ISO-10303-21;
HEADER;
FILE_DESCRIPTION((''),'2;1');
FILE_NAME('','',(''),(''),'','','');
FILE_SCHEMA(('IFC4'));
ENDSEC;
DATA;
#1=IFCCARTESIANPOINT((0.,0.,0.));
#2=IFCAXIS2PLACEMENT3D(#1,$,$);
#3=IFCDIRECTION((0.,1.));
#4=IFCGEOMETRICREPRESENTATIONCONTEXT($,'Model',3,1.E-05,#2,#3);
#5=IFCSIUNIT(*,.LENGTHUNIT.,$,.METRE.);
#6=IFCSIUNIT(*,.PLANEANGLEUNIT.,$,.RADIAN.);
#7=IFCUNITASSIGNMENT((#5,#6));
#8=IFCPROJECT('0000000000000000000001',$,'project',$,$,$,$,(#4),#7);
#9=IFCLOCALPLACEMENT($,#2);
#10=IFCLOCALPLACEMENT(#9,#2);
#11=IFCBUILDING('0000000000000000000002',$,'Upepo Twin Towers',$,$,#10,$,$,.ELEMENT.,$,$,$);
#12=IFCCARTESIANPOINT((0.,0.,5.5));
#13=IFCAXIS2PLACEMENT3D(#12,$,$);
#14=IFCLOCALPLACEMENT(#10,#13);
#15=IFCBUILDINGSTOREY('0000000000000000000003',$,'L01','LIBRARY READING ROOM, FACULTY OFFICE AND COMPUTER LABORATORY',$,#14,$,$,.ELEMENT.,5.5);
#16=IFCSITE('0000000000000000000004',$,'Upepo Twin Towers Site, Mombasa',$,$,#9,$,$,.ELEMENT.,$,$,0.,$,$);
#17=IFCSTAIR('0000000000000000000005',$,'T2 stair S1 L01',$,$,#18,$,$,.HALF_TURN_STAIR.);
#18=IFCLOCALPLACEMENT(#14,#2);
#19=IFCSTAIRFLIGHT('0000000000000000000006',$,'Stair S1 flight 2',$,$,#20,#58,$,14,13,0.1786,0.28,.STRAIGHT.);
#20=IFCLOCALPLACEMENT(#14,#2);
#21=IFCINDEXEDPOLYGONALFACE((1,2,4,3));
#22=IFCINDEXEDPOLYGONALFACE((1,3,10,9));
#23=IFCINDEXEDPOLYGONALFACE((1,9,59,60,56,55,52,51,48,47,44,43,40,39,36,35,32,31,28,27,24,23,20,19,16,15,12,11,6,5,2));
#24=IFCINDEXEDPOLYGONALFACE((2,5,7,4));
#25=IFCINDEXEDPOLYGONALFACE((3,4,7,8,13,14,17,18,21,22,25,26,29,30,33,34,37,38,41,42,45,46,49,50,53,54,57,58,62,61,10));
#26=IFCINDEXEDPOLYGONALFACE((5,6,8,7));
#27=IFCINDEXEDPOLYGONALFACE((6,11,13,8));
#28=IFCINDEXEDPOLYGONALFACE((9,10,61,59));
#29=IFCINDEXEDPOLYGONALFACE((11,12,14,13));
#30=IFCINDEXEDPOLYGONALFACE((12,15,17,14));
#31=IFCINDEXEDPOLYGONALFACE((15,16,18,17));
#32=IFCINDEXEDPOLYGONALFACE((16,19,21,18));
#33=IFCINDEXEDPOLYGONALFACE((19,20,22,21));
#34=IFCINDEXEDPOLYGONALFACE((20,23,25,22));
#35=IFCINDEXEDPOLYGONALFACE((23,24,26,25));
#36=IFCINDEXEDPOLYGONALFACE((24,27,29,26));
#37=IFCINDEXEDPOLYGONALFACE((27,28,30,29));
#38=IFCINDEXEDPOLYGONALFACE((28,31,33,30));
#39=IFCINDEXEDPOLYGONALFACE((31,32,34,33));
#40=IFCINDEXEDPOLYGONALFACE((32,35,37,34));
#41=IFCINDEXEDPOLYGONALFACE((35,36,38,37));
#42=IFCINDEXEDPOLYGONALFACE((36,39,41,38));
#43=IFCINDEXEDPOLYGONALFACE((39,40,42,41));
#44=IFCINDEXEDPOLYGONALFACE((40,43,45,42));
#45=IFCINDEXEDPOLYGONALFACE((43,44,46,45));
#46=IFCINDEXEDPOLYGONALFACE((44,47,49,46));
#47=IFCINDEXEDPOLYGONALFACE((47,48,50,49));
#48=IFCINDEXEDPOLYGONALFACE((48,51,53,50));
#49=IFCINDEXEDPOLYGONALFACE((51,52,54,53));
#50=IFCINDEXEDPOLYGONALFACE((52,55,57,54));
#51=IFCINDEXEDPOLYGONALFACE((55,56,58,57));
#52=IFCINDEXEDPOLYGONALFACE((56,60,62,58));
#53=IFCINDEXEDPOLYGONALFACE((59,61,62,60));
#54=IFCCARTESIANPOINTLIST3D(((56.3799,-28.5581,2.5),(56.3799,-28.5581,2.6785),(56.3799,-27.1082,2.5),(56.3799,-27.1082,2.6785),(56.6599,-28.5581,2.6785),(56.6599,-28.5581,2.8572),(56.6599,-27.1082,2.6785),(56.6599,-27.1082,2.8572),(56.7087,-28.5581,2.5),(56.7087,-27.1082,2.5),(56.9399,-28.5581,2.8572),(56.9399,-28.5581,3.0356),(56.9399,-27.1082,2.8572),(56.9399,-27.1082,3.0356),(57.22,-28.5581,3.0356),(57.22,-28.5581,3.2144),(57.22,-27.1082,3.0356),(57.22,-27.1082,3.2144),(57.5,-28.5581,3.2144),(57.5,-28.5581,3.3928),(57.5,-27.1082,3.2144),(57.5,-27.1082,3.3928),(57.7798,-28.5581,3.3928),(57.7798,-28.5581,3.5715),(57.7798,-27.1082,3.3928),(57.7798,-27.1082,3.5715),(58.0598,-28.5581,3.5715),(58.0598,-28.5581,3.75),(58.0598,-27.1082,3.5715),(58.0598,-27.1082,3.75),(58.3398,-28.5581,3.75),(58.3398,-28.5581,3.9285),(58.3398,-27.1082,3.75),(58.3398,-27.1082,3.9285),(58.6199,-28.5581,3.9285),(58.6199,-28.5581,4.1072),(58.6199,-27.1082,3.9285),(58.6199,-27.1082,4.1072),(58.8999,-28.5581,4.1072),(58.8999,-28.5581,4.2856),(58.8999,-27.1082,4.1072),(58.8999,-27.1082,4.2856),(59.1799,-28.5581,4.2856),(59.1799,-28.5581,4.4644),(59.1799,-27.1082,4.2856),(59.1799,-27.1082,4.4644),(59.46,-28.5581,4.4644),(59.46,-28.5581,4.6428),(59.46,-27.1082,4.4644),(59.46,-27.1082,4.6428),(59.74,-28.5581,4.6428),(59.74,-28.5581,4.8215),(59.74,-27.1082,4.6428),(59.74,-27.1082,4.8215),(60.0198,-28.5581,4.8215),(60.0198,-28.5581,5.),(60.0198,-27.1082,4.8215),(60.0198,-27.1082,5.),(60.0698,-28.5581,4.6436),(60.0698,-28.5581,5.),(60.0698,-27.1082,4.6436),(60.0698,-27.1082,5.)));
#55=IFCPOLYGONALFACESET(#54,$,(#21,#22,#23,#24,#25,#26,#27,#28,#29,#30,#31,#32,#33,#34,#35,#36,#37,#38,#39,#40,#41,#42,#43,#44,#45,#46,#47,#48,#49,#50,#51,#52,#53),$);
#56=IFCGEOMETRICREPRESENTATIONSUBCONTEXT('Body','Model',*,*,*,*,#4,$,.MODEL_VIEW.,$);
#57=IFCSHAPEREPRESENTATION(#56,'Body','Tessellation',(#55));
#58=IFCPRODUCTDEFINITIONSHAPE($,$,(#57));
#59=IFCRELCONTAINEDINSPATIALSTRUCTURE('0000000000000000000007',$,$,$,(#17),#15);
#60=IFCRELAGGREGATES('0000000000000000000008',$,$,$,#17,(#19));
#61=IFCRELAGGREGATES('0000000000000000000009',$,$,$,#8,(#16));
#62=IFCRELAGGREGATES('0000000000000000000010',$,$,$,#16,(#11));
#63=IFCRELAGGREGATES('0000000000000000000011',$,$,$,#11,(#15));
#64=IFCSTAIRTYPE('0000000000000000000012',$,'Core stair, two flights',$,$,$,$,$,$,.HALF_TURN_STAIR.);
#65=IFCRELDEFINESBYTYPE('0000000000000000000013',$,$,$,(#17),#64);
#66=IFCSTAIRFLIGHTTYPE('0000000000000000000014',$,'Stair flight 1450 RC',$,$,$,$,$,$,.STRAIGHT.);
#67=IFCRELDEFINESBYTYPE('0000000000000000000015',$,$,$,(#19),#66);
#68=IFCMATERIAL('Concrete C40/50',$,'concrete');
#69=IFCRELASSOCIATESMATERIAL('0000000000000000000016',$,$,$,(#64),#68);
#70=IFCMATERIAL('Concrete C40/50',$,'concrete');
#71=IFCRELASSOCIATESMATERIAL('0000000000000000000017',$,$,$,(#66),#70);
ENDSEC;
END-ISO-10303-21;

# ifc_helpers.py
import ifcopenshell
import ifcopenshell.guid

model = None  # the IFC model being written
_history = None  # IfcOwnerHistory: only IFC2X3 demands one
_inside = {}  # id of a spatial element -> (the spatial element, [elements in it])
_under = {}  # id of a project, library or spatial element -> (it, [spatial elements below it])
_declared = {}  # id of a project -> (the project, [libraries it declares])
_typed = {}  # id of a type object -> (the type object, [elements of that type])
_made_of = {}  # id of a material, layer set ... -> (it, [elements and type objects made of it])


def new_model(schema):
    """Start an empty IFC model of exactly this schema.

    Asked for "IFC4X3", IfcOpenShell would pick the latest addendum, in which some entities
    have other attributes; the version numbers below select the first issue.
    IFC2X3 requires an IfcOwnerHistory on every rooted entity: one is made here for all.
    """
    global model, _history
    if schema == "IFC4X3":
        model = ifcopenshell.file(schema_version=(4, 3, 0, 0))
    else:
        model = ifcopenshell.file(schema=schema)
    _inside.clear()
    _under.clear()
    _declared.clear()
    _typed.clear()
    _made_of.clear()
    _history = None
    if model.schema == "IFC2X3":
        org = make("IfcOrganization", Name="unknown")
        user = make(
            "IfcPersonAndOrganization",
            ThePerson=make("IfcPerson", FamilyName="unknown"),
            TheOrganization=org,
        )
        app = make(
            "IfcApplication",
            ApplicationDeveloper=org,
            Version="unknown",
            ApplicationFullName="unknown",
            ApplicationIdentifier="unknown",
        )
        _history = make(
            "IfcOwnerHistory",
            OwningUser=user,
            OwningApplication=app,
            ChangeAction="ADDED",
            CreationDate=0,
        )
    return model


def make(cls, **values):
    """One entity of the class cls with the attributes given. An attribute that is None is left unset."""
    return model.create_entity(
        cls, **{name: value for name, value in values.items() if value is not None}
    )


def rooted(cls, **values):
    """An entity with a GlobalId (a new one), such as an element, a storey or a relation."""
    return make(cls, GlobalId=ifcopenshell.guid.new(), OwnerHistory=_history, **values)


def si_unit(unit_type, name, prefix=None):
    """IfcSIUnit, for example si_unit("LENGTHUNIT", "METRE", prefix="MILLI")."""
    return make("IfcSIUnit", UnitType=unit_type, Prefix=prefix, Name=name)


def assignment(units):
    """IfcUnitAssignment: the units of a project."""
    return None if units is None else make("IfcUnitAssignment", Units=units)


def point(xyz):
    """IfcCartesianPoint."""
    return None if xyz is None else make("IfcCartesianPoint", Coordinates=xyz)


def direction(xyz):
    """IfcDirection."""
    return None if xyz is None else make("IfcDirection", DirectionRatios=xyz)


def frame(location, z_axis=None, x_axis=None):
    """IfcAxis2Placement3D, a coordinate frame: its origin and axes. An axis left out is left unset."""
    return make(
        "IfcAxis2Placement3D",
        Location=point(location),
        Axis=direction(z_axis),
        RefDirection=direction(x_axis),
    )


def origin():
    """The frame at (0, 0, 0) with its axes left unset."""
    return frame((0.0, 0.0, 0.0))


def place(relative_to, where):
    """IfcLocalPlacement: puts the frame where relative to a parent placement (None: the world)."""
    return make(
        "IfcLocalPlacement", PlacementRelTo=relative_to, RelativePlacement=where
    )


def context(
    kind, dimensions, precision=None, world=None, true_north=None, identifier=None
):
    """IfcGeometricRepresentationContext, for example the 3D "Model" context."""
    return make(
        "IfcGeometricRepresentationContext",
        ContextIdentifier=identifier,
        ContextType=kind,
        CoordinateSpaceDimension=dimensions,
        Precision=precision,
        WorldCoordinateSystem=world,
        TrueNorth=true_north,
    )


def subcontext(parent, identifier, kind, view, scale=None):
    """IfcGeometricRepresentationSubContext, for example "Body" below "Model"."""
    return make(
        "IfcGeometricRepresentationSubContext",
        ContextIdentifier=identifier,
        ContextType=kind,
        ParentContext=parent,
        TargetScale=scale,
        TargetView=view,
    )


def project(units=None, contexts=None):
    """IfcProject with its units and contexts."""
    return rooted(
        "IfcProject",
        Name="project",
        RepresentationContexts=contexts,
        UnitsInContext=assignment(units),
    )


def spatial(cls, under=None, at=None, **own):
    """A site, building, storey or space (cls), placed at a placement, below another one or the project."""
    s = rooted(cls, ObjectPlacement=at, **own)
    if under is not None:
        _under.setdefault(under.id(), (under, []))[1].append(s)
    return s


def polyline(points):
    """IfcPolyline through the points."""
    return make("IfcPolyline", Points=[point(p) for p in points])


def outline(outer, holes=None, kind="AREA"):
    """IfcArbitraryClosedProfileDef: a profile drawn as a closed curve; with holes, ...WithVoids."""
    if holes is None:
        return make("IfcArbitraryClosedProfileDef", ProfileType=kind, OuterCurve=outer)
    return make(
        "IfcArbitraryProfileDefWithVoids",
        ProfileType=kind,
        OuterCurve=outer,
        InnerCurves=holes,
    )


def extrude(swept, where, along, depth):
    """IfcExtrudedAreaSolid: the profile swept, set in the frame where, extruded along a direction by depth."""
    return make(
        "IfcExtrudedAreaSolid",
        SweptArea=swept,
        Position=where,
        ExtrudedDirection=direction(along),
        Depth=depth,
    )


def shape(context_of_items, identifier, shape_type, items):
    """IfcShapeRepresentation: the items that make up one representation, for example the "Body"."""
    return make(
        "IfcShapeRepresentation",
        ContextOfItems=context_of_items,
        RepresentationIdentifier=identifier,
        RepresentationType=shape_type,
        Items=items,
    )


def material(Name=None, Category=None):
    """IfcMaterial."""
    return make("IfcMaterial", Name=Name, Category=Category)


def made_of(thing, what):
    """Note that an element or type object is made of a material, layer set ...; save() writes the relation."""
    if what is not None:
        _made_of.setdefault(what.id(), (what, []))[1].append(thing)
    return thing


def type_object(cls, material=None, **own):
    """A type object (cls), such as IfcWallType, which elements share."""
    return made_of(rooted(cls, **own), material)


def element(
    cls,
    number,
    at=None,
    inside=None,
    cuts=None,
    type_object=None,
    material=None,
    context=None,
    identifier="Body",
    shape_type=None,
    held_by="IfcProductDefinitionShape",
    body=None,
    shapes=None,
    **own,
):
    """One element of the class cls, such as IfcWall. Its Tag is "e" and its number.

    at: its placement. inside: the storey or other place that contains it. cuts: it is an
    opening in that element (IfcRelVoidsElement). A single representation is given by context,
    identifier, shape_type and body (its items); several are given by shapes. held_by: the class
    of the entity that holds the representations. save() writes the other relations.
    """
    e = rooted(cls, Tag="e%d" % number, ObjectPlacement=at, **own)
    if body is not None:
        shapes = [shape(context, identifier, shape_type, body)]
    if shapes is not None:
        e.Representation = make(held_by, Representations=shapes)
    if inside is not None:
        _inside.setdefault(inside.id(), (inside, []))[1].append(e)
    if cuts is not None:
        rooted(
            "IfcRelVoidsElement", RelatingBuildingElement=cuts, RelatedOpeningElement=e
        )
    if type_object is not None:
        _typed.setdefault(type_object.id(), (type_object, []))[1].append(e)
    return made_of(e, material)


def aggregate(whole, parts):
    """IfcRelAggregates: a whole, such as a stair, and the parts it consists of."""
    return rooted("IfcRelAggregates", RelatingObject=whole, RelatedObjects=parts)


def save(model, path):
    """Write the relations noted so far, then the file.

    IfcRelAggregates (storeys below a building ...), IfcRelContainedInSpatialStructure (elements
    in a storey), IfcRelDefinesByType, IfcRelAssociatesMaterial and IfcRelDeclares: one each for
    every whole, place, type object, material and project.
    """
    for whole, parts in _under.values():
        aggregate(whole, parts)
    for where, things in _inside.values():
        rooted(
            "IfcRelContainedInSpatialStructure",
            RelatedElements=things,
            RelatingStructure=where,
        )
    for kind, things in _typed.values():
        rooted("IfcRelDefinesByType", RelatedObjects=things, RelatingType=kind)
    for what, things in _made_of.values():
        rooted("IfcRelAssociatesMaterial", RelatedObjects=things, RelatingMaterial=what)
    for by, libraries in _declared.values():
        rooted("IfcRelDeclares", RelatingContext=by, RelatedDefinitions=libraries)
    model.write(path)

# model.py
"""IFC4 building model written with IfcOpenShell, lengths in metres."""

from ifc_helpers import new_model, si_unit, direction, frame, origin, place, context, subcontext, project, spatial, polyline, outline, extrude, material, type_object, element, aggregate, save


model = new_model("IFC4")

# Units and contexts
model_context = context("Model", 3, precision=1e-05, world=origin(), true_north=direction((0.0, 1.0)))
body_context = subcontext(model_context, "Body", "Model", "MODEL_VIEW")
ifc_project = project(units=[si_unit("LENGTHUNIT", "METRE"), si_unit("PLANEANGLEUNIT", "RADIAN")], contexts=[model_context])

# Site, building, storey
site_placement = place(None, origin())
site = spatial("IfcSite", under=ifc_project, at=site_placement, Name="Upepo Twin Towers Site, Mombasa", CompositionType="ELEMENT", RefElevation=0.0)
building_placement = place(site_placement, origin())
building = spatial("IfcBuilding", under=site, at=building_placement, Name="Upepo Twin Towers", CompositionType="ELEMENT")
storey_placement = place(building_placement, frame((0.0, 0.0, 5.5)))
storey = spatial("IfcBuildingStorey", under=building, at=storey_placement, Name="L01", Description="LIBRARY READING ROOM, FACULTY OFFICE AND COMPUTER LABORATORY", CompositionType="ELEMENT", Elevation=5.5)

# Stair, stair flight
ifc_material_1 = material(Name="Concrete C40/50", Category="concrete")
stair_type = type_object("IfcStairType", Name="Core stair, two flights", PredefinedType="HALF_TURN_STAIR", material=ifc_material_1)
stair_placement = place(storey_placement, origin())
stair = element("IfcStair", 1, at=stair_placement, inside=storey, type_object=stair_type, Name="T2 stair S1 L01", PredefinedType="HALF_TURN_STAIR")
ifc_material_2 = material(Name="Concrete C40/50", Category="concrete")
stair_flight_type = type_object("IfcStairFlightType", Name="Stair flight 1450 RC", PredefinedType="STRAIGHT", material=ifc_material_2)
stair_flight_1_placement = place(storey_placement, frame((56.3799, -27.8333, 2.5), z_axis=(0.0, 0.0, 1.0), x_axis=(1.0, 0.0, 0.0)))
stair_flight_1 = element("IfcStairFlight", 2, at=stair_flight_1_placement, type_object=stair_flight_type, Name="Stair S1 flight 2", NumberOfRisers=14, NumberOfTreads=13, PredefinedType="STRAIGHT", RiserHeight=0.1786, TreadLength=0.28, context=body_context, shape_type="SweptSolid", body=[
    extrude(outline(polyline([(0.0, 0.0), (0.0, 0.1785), (0.28, 0.1785), (0.28, 0.3572), (0.5601, 0.3572), (0.5601, 0.5356), (0.8401, 0.5356), (0.8401, 0.7144), (1.1201, 0.7144), (1.1201, 0.8928), (1.3999, 0.8928), (1.3999, 1.0715), (1.6799, 1.0715), (1.6799, 1.25), (1.96, 1.25), (1.96, 1.4285), (2.24, 1.4285), (2.24, 1.6072), (2.52, 1.6072), (2.52, 1.7856), (2.8, 1.7856), (2.8, 1.9644), (3.0801, 1.9644), (3.0801, 2.1428), (3.3601, 2.1428), (3.3601, 2.3215), (3.6399, 2.3215), (3.6399, 2.5), (3.6899, 2.5), (3.6899, 2.1436), (0.3289, 0.0), (0.0, 0.0)])), frame((0.0, 0.7251, 0.0), z_axis=(0.0, -1.0, 0.0), x_axis=(1.0, 0.0, 0.0)), (0.0, 0.0, 1.0), 1.45),
])
aggregate(stair, [stair_flight_1])

save(model, "model.ifc")
